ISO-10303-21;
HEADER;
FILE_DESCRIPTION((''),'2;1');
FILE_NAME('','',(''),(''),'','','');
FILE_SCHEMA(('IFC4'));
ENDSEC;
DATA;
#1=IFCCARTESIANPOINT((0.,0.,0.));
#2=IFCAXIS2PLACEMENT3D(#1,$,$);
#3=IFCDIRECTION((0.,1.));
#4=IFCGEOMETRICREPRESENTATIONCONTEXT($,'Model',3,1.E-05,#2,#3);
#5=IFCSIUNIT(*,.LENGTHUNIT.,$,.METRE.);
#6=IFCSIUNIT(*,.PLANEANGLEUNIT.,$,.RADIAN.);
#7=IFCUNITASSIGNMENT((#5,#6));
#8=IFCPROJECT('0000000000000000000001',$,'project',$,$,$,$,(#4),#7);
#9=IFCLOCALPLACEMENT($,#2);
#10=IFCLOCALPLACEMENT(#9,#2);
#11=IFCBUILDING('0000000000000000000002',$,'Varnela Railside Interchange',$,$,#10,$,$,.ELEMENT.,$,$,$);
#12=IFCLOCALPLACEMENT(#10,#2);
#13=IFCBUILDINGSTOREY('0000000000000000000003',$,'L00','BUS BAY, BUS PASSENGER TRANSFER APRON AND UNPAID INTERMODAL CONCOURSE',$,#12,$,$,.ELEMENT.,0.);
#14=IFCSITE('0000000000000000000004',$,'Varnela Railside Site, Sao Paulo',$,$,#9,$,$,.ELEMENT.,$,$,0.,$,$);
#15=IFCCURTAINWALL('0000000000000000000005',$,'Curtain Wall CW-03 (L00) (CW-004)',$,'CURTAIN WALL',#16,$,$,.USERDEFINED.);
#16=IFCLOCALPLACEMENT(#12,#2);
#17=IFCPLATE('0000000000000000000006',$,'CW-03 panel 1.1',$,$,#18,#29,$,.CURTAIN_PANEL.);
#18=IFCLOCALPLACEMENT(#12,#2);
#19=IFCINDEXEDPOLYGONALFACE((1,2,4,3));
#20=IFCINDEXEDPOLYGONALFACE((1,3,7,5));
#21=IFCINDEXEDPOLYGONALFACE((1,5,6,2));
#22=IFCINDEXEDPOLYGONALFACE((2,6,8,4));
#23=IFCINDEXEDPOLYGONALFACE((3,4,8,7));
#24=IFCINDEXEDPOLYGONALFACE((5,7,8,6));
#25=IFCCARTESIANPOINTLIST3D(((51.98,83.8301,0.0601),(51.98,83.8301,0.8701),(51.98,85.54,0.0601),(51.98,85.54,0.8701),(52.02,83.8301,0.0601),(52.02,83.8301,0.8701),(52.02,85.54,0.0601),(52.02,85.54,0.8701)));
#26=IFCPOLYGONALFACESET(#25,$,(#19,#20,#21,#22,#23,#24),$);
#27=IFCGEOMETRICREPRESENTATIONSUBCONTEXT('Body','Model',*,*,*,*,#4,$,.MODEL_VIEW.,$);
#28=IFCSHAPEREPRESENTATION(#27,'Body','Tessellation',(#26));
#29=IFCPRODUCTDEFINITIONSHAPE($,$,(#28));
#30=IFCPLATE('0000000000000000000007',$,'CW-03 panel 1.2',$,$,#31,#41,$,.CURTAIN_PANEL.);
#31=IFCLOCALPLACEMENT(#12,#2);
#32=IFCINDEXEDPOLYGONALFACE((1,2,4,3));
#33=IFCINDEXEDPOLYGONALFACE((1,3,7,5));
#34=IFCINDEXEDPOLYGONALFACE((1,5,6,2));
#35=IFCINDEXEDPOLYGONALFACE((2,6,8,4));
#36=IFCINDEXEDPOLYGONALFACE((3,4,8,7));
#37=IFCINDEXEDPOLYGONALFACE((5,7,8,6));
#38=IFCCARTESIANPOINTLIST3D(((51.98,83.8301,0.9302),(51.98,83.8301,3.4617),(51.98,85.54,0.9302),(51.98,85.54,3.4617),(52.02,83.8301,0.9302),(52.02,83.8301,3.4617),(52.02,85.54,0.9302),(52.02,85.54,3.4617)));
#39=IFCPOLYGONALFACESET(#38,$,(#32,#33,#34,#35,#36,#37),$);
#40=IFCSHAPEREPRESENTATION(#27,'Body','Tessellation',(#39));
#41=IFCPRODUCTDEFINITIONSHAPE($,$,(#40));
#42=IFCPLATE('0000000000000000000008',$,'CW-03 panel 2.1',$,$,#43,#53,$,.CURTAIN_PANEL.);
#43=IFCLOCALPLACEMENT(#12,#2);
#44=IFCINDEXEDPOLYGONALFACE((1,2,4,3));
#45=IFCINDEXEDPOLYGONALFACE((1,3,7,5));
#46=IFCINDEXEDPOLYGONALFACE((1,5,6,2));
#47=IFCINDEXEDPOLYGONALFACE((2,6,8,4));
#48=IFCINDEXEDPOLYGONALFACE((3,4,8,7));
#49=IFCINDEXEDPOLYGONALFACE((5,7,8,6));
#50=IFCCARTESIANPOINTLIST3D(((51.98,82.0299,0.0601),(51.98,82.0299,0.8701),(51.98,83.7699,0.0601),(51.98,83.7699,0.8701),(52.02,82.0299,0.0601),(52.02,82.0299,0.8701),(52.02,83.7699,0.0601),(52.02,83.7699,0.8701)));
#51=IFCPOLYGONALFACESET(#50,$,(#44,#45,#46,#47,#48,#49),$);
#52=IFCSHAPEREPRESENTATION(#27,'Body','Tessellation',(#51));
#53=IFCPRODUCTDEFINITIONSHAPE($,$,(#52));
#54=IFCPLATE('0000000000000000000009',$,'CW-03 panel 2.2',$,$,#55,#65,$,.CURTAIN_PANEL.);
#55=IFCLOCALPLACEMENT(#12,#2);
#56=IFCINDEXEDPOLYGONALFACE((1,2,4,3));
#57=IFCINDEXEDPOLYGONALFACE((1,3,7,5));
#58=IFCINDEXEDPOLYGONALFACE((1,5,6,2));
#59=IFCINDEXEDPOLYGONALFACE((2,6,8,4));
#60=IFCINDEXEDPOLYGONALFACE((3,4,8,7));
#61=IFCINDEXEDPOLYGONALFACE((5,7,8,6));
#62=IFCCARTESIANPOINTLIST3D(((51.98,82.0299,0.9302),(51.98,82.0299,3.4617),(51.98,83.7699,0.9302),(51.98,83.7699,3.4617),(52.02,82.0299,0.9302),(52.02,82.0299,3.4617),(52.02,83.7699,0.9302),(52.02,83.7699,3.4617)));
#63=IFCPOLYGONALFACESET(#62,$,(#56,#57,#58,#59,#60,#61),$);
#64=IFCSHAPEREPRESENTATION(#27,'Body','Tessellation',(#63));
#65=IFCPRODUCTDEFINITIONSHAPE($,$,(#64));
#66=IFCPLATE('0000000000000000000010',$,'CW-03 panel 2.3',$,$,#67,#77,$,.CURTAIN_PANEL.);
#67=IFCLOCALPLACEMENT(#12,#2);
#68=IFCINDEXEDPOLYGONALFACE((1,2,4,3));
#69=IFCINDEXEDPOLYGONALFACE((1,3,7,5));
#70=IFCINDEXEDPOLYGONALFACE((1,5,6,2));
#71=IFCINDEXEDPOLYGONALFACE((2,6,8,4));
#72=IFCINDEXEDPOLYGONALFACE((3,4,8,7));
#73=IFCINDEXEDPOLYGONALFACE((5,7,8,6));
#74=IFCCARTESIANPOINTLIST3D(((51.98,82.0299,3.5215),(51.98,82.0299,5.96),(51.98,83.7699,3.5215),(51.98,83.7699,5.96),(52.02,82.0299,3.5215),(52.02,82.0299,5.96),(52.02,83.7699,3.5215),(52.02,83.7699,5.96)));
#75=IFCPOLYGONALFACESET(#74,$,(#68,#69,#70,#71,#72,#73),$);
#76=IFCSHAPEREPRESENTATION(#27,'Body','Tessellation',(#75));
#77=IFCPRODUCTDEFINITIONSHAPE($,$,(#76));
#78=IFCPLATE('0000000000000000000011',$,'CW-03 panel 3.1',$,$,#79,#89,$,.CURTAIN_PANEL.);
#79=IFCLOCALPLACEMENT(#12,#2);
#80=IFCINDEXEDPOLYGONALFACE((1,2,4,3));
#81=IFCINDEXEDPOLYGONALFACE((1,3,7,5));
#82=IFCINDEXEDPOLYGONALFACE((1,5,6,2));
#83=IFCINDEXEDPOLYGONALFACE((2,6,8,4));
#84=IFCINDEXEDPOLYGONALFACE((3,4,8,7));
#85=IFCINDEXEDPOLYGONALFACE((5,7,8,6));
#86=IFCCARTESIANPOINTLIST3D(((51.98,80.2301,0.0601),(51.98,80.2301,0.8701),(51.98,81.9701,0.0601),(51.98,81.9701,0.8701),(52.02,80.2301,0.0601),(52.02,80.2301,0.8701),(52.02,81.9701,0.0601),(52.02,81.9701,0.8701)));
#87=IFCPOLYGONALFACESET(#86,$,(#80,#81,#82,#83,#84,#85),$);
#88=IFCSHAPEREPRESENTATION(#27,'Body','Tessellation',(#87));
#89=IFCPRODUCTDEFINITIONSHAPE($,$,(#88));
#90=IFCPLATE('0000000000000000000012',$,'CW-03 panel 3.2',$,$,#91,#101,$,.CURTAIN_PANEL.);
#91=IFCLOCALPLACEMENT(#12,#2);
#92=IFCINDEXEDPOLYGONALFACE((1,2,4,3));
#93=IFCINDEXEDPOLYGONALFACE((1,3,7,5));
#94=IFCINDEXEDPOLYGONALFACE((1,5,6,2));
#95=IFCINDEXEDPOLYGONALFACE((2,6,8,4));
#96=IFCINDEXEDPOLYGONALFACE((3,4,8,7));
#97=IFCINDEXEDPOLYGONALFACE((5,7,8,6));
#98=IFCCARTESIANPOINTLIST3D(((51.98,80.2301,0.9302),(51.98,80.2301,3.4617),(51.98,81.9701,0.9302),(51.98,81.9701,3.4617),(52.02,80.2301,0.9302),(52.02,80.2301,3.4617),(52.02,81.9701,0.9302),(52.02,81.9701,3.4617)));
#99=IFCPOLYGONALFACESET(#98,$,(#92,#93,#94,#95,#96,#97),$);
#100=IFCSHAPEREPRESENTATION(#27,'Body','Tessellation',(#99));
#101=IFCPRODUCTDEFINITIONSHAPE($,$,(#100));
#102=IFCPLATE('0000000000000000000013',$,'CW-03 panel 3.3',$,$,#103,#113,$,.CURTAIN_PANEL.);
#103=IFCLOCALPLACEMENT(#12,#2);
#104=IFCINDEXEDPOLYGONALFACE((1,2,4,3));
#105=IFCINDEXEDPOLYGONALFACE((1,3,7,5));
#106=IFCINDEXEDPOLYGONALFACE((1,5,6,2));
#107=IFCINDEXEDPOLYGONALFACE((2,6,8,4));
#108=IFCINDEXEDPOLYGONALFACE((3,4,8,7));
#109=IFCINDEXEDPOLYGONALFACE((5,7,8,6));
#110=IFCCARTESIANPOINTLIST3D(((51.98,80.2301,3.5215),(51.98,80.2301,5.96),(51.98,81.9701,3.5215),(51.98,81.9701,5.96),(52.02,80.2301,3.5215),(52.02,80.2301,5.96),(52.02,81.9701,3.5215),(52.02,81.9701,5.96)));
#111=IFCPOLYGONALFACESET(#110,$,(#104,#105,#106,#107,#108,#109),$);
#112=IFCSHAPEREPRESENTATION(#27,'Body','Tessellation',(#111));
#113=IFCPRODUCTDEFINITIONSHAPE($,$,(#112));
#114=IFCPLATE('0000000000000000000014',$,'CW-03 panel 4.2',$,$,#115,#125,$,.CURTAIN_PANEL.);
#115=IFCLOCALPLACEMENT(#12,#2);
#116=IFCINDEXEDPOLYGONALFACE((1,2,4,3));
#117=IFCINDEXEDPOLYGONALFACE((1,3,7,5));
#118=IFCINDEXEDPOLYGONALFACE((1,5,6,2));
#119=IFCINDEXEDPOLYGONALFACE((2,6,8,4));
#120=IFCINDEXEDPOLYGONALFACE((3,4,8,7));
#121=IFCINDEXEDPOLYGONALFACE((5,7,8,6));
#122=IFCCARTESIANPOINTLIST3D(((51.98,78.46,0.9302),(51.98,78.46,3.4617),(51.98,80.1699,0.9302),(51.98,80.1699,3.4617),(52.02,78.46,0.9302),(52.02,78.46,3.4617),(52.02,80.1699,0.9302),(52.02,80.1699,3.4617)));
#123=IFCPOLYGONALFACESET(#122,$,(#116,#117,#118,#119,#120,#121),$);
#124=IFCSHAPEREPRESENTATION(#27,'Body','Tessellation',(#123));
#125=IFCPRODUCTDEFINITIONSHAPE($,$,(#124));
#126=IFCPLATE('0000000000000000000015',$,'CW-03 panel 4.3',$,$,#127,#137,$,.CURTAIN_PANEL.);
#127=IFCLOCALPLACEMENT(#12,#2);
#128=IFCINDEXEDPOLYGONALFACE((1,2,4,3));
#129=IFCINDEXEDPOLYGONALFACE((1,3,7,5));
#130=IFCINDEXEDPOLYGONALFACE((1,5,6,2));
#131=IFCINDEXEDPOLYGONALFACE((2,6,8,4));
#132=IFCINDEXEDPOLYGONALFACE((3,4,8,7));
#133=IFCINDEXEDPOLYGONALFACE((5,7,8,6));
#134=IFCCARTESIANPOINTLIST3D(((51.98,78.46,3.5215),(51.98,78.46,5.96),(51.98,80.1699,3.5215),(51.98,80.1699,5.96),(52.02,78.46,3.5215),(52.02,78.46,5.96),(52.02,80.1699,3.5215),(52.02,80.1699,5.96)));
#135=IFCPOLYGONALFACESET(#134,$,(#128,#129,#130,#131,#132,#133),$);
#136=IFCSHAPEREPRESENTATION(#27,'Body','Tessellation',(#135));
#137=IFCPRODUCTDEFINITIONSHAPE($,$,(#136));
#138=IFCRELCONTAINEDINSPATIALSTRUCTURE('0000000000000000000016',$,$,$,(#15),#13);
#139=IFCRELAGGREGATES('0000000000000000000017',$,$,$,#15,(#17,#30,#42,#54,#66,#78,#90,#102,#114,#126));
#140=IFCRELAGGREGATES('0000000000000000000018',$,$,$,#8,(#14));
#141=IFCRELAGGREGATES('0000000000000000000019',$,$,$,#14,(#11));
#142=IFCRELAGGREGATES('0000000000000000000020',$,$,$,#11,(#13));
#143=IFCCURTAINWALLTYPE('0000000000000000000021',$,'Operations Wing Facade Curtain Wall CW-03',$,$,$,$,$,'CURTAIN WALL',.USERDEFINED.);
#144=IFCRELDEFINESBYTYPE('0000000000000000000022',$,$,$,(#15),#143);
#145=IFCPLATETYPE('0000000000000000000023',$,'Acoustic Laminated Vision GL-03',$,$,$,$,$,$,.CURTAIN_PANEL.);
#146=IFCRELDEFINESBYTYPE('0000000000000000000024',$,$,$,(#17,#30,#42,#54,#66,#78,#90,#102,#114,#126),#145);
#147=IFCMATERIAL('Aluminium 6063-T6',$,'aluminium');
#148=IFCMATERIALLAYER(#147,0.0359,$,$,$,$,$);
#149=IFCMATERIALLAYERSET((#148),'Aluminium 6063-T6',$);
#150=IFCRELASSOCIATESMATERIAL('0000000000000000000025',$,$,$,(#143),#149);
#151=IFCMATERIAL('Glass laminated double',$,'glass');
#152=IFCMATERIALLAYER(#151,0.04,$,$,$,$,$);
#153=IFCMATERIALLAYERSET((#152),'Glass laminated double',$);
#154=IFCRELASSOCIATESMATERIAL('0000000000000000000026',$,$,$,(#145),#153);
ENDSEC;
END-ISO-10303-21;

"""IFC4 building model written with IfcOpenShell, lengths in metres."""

from ifc_helpers import new_model, si_unit, direction, frame, origin, origin_2d, place, context, subcontext, project, spatial, rectangle, extrude, material, layer, layer_set, type_object, element, aggregate, save


model = new_model("IFC4")

# Units and contexts
model_context = context("Model", 3, precision=1e-05, world=origin(), true_north=direction((0.0, 1.0)))
body_context = subcontext(model_context, "Body", "Model", "MODEL_VIEW")
ifc_project = project(units=[si_unit("LENGTHUNIT", "METRE"), si_unit("PLANEANGLEUNIT", "RADIAN")], contexts=[model_context])

# Site, building, storey
site_placement = place(None, origin())
site = spatial("IfcSite", under=ifc_project, at=site_placement, Name="Varnela Railside Site, Sao Paulo", CompositionType="ELEMENT", RefElevation=0.0)
building_placement = place(site_placement, origin())
building = spatial("IfcBuilding", under=site, at=building_placement, Name="Varnela Railside Interchange", CompositionType="ELEMENT")
storey_placement = place(building_placement, origin())
storey = spatial("IfcBuildingStorey", under=building, at=storey_placement, Name="L00", Description="BUS BAY, BUS PASSENGER TRANSFER APRON AND UNPAID INTERMODAL CONCOURSE", CompositionType="ELEMENT", Elevation=0.0)

# Curtain wall, plates
ifc_material_1 = material(Name="Aluminium 6063-T6", Category="aluminium")
ifc_layer_1 = layer(ifc_material_1, 0.0359)
ifc_layer_set_1 = layer_set([ifc_layer_1], Name="Aluminium 6063-T6")
curtain_wall_type = type_object("IfcCurtainWallType", Name="Operations Wing Facade Curtain Wall CW-03", ElementType="CURTAIN WALL", PredefinedType="USERDEFINED", material=ifc_layer_set_1)
curtain_wall_placement = place(storey_placement, origin())
curtain_wall = element("IfcCurtainWall", 1, at=curtain_wall_placement, inside=storey, type_object=curtain_wall_type, Name="Curtain Wall CW-03 (L00) (CW-004)", ObjectType="CURTAIN WALL", PredefinedType="USERDEFINED")
ifc_material_2 = material(Name="Glass laminated double", Category="glass")
ifc_layer_2 = layer(ifc_material_2, 0.04)
ifc_layer_set_2 = layer_set([ifc_layer_2], Name="Glass laminated double")
plate_type = type_object("IfcPlateType", Name="Acoustic Laminated Vision GL-03", PredefinedType="CURTAIN_PANEL", material=ifc_layer_set_2)
plate_1_placement = place(storey_placement, frame((52.0, 84.6851, 0.0601), z_axis=(0.0, 0.0, 1.0), x_axis=(0.0, -1.0, 0.0)))
plate_1 = element("IfcPlate", 2, at=plate_1_placement, type_object=plate_type, Name="CW-03 panel 1.1", PredefinedType="CURTAIN_PANEL", context=body_context, shape_type="SweptSolid", body=[
    extrude(rectangle(XDim=1.71, YDim=0.04, at=origin_2d()), origin(), (0.0, 0.0, 1.0), 0.8101),
])
plate_2_placement = place(storey_placement, frame((52.0, 84.6851, 0.9302), z_axis=(0.0, 0.0, 1.0), x_axis=(0.0, -1.0, 0.0)))
plate_2 = element("IfcPlate", 3, at=plate_2_placement, type_object=plate_type, Name="CW-03 panel 1.2", PredefinedType="CURTAIN_PANEL", context=body_context, shape_type="SweptSolid", body=[
    extrude(rectangle(XDim=1.71, YDim=0.04, at=origin_2d()), origin(), (0.0, 0.0, 1.0), 2.5315),
])
plate_3_placement = place(storey_placement, frame((52.0, 82.8999, 0.0601), z_axis=(0.0, 0.0, 1.0), x_axis=(0.0, -1.0, 0.0)))
plate_3 = element("IfcPlate", 4, at=plate_3_placement, type_object=plate_type, Name="CW-03 panel 2.1", PredefinedType="CURTAIN_PANEL", context=body_context, shape_type="SweptSolid", body=[
    extrude(rectangle(XDim=1.74, YDim=0.04, at=origin_2d()), origin(), (0.0, 0.0, 1.0), 0.8101),
])
plate_4_placement = place(storey_placement, frame((52.0, 82.8999, 0.9302), z_axis=(0.0, 0.0, 1.0), x_axis=(0.0, -1.0, 0.0)))
plate_4 = element("IfcPlate", 5, at=plate_4_placement, type_object=plate_type, Name="CW-03 panel 2.2", PredefinedType="CURTAIN_PANEL", context=body_context, shape_type="SweptSolid", body=[
    extrude(rectangle(XDim=1.74, YDim=0.04, at=origin_2d()), origin(), (0.0, 0.0, 1.0), 2.5315),
])
plate_5_placement = place(storey_placement, frame((52.0, 82.8999, 3.5215), z_axis=(0.0, 0.0, 1.0), x_axis=(0.0, -1.0, 0.0)))
plate_5 = element("IfcPlate", 6, at=plate_5_placement, type_object=plate_type, Name="CW-03 panel 2.3", PredefinedType="CURTAIN_PANEL", context=body_context, shape_type="SweptSolid", body=[
    extrude(rectangle(XDim=1.74, YDim=0.04, at=origin_2d()), origin(), (0.0, 0.0, 1.0), 2.4385),
])
plate_6_placement = place(storey_placement, frame((52.0, 81.1001, 0.0601), z_axis=(0.0, 0.0, 1.0), x_axis=(0.0, -1.0, 0.0)))
plate_6 = element("IfcPlate", 7, at=plate_6_placement, type_object=plate_type, Name="CW-03 panel 3.1", PredefinedType="CURTAIN_PANEL", context=body_context, shape_type="SweptSolid", body=[
    extrude(rectangle(XDim=1.74, YDim=0.04, at=origin_2d()), origin(), (0.0, 0.0, 1.0), 0.8101),
])
plate_7_placement = place(storey_placement, frame((52.0, 81.1001, 0.9302), z_axis=(0.0, 0.0, 1.0), x_axis=(0.0, -1.0, 0.0)))
plate_7 = element("IfcPlate", 8, at=plate_7_placement, type_object=plate_type, Name="CW-03 panel 3.2", PredefinedType="CURTAIN_PANEL", context=body_context, shape_type="SweptSolid", body=[
    extrude(rectangle(XDim=1.74, YDim=0.04, at=origin_2d()), origin(), (0.0, 0.0, 1.0), 2.5315),
])
plate_8_placement = place(storey_placement, frame((52.0, 81.1001, 3.5215), z_axis=(0.0, 0.0, 1.0), x_axis=(0.0, -1.0, 0.0)))
plate_8 = element("IfcPlate", 9, at=plate_8_placement, type_object=plate_type, Name="CW-03 panel 3.3", PredefinedType="CURTAIN_PANEL", context=body_context, shape_type="SweptSolid", body=[
    extrude(rectangle(XDim=1.74, YDim=0.04, at=origin_2d()), origin(), (0.0, 0.0, 1.0), 2.4385),
])
plate_9_placement = place(storey_placement, frame((52.0, 79.3149, 0.9302), z_axis=(0.0, 0.0, 1.0), x_axis=(0.0, -1.0, 0.0)))
plate_9 = element("IfcPlate", 10, at=plate_9_placement, type_object=plate_type, Name="CW-03 panel 4.2", PredefinedType="CURTAIN_PANEL", context=body_context, shape_type="SweptSolid", body=[
    extrude(rectangle(XDim=1.71, YDim=0.04, at=origin_2d()), origin(), (0.0, 0.0, 1.0), 2.5315),
])
plate_10_placement = place(storey_placement, frame((52.0, 79.3149, 3.5215), z_axis=(0.0, 0.0, 1.0), x_axis=(0.0, -1.0, 0.0)))
plate_10 = element("IfcPlate", 11, at=plate_10_placement, type_object=plate_type, Name="CW-03 panel 4.3", PredefinedType="CURTAIN_PANEL", context=body_context, shape_type="SweptSolid", body=[
    extrude(rectangle(XDim=1.71, YDim=0.04, at=origin_2d()), origin(), (0.0, 0.0, 1.0), 2.4385),
])
aggregate(curtain_wall, [plate_1, plate_2, plate_3, plate_4, plate_5, plate_6, plate_7, plate_8, plate_9, plate_10])

save(model, "model.ifc")
